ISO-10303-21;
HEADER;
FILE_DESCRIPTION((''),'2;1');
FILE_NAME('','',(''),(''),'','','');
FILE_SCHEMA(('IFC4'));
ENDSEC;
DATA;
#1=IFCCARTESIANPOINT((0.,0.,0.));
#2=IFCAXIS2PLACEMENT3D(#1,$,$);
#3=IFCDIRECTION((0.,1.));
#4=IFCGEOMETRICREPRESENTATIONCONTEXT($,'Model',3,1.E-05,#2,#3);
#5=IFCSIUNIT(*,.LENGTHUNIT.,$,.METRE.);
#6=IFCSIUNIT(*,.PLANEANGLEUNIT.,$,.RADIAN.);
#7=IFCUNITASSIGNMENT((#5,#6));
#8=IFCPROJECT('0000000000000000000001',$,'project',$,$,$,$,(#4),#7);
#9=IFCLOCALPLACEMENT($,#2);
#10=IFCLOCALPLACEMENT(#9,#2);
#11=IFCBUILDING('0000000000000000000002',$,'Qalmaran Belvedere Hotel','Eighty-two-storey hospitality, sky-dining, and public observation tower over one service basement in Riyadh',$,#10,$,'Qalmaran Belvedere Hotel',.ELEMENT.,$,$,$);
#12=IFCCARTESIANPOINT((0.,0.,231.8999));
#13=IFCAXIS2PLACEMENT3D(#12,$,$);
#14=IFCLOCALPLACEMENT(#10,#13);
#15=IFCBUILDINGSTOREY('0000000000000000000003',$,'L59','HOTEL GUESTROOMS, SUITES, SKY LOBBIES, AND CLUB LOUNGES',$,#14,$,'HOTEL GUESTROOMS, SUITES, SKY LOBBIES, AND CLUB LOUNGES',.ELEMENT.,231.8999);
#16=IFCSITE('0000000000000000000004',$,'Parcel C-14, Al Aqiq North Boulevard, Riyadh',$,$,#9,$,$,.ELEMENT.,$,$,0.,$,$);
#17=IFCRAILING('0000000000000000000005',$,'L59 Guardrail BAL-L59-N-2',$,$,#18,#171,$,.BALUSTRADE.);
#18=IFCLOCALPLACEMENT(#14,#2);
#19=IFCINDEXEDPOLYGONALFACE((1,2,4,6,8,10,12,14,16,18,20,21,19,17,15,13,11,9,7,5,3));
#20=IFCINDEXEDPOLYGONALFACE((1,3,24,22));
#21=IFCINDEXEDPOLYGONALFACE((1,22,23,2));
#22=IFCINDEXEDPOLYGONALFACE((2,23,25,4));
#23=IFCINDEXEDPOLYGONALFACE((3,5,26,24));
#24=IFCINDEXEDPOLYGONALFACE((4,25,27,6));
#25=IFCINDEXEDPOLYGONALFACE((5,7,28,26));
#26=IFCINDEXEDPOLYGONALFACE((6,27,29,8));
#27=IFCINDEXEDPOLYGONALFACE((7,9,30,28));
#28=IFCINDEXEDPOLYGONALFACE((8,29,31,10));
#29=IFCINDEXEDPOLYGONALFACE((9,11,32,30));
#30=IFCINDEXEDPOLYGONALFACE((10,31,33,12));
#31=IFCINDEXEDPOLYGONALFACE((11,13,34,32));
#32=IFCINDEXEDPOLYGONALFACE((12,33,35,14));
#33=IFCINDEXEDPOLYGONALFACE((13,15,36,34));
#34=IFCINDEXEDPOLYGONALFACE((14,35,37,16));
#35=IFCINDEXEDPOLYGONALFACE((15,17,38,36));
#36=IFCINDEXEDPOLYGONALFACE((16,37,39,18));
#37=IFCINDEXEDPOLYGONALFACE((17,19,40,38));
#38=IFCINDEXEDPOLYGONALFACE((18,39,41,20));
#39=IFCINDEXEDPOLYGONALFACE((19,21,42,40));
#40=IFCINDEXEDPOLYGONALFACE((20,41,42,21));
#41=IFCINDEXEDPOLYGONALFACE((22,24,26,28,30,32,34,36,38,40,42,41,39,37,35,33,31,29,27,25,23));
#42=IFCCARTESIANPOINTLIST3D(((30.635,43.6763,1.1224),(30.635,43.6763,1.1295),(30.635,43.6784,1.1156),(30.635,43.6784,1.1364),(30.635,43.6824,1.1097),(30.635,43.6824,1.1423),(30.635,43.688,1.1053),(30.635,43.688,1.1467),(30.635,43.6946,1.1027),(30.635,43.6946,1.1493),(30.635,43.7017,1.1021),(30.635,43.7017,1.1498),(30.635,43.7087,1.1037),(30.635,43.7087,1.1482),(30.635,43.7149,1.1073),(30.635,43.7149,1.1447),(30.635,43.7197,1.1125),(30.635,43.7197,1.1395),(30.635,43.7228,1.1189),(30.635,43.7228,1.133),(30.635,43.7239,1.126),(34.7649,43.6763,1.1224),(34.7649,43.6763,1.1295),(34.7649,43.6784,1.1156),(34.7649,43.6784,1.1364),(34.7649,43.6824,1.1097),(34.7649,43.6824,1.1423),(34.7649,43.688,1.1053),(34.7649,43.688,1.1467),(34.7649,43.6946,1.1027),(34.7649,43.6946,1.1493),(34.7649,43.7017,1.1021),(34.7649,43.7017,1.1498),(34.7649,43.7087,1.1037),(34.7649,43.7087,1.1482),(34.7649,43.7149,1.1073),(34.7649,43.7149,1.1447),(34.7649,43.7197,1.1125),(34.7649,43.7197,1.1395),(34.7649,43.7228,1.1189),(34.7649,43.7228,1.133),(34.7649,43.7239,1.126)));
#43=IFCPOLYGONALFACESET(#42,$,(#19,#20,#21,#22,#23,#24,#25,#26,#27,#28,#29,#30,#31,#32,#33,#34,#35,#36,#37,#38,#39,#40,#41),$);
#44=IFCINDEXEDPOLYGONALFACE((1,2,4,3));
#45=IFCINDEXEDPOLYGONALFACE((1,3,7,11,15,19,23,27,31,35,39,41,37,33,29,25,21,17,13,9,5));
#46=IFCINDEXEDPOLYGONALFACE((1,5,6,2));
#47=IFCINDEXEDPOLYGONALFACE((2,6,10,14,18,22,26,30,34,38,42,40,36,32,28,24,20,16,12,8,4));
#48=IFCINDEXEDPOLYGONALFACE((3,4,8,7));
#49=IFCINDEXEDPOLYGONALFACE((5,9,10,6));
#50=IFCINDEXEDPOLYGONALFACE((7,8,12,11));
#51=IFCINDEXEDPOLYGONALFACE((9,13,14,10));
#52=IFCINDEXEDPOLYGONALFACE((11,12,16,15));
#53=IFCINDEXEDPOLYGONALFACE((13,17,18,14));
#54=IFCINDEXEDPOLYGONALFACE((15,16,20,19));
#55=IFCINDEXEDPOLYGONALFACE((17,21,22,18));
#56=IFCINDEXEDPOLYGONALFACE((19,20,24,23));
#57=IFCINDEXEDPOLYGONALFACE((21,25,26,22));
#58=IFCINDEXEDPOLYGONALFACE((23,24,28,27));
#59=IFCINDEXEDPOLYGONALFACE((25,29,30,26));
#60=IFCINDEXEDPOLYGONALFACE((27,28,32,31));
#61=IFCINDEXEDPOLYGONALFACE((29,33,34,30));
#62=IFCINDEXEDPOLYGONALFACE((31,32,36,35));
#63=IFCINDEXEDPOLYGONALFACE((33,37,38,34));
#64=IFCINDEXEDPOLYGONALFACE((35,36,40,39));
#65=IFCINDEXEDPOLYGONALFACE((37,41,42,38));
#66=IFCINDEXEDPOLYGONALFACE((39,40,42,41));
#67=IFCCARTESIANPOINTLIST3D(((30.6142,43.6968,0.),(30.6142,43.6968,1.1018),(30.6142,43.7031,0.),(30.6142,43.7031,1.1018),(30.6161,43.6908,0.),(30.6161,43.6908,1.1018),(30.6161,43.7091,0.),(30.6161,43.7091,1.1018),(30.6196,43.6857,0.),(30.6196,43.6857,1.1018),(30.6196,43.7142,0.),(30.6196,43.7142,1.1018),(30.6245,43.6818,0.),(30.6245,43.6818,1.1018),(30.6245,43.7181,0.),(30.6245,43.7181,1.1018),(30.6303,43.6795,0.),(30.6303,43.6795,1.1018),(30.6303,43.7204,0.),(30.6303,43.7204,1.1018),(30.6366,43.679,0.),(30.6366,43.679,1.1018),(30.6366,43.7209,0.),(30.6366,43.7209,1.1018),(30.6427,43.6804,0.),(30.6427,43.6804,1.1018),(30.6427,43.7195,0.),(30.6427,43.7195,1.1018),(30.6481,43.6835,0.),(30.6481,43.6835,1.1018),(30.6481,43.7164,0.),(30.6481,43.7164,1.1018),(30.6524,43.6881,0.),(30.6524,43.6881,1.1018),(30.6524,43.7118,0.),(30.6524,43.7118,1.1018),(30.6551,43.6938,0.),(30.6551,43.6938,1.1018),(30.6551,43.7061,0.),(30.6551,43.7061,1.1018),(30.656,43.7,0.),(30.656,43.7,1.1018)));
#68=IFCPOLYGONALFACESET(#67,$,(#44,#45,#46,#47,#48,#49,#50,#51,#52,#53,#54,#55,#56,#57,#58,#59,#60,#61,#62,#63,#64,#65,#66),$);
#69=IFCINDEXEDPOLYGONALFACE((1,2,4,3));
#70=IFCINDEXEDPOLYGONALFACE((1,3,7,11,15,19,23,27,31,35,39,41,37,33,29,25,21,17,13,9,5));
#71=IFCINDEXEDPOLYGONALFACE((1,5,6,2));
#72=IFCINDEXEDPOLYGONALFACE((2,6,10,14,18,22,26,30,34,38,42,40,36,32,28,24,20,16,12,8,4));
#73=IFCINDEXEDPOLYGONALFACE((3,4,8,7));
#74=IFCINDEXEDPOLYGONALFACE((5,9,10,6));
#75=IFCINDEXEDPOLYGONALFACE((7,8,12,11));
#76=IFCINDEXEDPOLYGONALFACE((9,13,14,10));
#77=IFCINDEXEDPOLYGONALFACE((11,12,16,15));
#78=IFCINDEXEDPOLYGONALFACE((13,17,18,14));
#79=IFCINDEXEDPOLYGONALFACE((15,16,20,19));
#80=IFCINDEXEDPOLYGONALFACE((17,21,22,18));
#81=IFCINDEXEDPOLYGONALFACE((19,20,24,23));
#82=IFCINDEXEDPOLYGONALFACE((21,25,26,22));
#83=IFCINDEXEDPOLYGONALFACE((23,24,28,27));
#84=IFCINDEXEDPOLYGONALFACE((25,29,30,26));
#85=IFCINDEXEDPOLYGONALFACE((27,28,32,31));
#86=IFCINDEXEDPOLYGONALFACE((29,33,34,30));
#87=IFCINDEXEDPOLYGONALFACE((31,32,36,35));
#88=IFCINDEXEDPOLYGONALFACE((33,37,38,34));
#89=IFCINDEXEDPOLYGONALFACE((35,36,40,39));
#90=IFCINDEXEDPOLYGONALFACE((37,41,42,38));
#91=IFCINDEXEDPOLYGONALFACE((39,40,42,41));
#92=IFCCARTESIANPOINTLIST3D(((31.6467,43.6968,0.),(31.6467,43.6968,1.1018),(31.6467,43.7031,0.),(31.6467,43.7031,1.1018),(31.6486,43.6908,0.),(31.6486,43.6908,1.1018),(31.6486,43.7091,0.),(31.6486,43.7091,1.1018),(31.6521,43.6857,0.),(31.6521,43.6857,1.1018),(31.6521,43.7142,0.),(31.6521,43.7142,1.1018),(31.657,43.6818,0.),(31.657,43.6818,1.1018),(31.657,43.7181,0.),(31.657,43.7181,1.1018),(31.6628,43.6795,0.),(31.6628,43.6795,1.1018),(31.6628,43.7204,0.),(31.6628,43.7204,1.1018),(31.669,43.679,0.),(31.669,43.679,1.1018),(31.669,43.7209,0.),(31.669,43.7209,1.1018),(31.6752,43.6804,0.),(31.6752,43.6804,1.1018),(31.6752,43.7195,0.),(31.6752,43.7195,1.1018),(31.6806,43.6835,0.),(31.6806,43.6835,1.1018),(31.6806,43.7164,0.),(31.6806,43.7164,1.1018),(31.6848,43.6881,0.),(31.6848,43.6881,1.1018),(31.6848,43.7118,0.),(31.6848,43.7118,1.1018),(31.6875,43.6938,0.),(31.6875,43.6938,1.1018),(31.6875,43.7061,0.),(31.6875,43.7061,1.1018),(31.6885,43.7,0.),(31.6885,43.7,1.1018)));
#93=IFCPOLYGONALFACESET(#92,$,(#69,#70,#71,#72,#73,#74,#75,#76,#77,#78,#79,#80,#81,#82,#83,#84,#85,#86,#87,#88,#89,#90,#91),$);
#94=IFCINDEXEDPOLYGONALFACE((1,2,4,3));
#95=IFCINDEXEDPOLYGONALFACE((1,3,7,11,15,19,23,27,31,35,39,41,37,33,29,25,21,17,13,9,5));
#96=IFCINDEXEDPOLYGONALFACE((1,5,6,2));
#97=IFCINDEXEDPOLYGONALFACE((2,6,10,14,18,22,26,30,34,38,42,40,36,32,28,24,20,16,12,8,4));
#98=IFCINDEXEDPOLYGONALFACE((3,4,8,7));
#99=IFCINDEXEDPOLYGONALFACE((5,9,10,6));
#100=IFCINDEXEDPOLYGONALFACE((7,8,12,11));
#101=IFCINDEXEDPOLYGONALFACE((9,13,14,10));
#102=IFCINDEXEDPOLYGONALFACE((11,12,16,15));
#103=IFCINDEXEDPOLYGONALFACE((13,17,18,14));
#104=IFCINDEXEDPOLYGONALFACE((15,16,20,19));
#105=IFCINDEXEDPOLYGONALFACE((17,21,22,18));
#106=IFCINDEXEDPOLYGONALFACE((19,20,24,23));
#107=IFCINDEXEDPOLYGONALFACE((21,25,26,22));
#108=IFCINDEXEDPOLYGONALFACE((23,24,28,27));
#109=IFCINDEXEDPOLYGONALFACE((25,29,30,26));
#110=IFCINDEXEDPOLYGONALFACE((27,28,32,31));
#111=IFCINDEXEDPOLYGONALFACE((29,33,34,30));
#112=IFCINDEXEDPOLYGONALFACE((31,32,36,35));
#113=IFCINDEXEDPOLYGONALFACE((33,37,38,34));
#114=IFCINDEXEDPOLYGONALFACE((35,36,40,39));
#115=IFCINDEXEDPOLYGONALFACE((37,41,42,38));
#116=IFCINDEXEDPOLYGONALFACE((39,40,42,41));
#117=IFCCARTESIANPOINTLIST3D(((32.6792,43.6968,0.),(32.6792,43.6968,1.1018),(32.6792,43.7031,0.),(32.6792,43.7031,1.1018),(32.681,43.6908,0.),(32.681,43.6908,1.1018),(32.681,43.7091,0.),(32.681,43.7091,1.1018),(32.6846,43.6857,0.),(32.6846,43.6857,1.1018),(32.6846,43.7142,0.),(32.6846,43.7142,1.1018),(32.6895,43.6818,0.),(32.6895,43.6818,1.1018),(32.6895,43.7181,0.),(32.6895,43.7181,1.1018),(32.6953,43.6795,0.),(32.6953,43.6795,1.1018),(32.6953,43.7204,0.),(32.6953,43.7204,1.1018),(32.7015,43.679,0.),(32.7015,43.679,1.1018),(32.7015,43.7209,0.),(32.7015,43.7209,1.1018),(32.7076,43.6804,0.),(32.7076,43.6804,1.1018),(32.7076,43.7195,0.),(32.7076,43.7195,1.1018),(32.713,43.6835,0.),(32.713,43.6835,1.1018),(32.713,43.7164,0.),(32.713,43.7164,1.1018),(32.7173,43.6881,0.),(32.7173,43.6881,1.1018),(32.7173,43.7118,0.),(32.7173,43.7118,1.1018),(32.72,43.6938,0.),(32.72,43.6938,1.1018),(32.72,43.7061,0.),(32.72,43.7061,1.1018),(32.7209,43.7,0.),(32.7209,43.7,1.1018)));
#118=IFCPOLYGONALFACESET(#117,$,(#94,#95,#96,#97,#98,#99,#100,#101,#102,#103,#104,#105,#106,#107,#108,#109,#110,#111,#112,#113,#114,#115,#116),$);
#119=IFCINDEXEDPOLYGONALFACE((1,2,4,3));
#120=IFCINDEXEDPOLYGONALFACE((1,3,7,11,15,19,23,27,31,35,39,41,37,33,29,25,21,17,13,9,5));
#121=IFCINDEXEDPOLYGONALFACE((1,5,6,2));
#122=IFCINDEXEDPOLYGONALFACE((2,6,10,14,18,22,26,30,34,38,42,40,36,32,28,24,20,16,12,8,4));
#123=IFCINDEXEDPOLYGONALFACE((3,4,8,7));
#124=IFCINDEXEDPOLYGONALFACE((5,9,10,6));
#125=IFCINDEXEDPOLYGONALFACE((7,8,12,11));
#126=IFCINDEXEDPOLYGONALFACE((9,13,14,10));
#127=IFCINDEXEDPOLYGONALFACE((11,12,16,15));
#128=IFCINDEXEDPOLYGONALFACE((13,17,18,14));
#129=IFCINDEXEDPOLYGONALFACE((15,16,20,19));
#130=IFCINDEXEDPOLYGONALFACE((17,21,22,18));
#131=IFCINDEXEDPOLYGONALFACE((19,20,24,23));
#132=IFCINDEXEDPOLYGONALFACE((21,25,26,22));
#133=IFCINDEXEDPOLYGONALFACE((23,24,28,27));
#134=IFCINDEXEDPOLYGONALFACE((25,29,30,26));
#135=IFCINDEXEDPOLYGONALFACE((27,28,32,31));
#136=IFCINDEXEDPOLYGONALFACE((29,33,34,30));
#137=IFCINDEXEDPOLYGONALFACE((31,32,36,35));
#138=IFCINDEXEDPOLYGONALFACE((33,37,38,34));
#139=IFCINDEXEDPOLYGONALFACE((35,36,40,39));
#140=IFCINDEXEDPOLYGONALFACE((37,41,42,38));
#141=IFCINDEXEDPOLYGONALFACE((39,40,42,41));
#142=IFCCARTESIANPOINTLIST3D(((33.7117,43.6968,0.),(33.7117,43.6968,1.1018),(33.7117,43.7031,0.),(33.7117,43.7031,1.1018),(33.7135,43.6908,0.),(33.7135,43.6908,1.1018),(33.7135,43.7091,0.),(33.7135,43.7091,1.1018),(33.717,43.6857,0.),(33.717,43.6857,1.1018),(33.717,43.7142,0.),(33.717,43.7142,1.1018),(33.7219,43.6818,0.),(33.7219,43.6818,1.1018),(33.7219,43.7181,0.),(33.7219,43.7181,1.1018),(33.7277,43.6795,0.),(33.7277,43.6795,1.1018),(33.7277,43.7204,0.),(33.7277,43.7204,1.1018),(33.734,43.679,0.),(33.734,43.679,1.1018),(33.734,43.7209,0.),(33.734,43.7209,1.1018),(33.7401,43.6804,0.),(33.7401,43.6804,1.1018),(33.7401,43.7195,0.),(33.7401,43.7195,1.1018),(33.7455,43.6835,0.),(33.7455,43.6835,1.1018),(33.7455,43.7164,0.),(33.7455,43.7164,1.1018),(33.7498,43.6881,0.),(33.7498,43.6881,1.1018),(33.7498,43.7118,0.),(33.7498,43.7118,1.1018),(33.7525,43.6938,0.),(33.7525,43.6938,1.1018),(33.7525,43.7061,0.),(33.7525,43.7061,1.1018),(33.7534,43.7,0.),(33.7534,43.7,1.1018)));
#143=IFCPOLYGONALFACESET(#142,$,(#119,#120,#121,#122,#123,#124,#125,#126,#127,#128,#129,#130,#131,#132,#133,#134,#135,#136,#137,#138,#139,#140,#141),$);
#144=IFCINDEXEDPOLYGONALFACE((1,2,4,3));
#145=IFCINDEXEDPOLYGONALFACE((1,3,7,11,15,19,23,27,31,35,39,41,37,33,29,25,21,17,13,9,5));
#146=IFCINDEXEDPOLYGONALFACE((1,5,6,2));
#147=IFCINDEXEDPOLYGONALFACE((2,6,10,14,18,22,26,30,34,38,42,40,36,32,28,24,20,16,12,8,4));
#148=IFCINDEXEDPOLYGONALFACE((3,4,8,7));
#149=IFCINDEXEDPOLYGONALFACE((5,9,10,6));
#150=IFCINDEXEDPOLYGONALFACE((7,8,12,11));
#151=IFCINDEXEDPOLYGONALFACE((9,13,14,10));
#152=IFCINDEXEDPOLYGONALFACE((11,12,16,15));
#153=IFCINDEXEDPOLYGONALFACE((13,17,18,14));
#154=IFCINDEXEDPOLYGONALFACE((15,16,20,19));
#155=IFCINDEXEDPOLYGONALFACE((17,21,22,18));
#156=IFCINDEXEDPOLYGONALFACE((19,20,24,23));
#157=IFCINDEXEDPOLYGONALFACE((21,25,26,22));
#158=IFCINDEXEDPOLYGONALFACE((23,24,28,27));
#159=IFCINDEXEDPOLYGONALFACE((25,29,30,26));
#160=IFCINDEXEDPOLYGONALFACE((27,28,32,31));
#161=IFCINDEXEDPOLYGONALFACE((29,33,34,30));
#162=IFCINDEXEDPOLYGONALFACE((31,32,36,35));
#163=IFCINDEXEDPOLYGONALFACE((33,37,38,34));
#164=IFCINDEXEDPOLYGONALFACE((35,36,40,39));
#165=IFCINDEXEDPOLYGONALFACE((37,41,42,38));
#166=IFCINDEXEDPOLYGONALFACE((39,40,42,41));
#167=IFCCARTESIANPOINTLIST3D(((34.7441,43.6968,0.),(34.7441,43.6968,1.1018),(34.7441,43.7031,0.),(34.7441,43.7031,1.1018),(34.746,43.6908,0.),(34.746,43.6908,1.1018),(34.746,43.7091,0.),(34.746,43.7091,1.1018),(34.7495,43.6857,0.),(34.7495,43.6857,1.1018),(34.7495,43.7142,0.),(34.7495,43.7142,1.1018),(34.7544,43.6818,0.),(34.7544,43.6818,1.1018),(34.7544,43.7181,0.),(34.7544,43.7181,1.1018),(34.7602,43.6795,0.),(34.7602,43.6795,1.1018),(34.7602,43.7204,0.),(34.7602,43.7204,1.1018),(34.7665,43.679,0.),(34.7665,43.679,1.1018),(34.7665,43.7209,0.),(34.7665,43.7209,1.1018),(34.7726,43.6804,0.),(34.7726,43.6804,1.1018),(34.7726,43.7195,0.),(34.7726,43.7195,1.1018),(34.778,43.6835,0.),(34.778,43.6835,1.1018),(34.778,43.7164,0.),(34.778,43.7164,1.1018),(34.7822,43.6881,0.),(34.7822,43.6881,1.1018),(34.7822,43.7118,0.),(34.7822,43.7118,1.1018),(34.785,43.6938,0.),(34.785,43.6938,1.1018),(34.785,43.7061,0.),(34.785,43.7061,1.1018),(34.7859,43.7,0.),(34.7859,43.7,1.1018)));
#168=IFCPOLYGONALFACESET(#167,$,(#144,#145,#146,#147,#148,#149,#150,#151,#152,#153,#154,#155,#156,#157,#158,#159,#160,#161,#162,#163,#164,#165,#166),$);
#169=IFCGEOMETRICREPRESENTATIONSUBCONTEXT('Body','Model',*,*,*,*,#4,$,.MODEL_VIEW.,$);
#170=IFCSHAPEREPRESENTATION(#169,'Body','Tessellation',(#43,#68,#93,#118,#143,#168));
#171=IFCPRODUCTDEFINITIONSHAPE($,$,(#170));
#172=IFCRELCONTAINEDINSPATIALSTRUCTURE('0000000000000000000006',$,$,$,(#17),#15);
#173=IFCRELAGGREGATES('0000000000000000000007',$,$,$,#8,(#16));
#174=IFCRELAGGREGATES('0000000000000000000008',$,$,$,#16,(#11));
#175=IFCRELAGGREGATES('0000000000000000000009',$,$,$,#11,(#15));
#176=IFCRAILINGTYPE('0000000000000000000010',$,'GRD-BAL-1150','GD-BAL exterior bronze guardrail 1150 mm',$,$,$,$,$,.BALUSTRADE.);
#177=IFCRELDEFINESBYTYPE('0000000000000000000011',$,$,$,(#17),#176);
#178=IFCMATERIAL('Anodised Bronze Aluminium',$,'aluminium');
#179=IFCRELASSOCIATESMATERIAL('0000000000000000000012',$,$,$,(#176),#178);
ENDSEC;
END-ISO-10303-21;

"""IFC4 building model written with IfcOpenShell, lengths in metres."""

from ifc_helpers import new_model, si_unit, direction, frame, origin, origin_2d, place, context, subcontext, project, spatial, circle, extrude, material, type_object, element, save


model = new_model("IFC4")

# Units and contexts
model_context = context("Model", 3, precision=1e-05, world=origin(), true_north=direction((0.0, 1.0)))
body_context = subcontext(model_context, "Body", "Model", "MODEL_VIEW")
ifc_project = project(units=[si_unit("LENGTHUNIT", "METRE"), si_unit("PLANEANGLEUNIT", "RADIAN")], contexts=[model_context])

# Site, building, storey
site_placement = place(None, origin())
site = spatial("IfcSite", under=ifc_project, at=site_placement, Name="Parcel C-14, Al Aqiq North Boulevard, Riyadh", CompositionType="ELEMENT", RefElevation=0.0)
building_placement = place(site_placement, origin())
building = spatial("IfcBuilding", under=site, at=building_placement, Name="Qalmaran Belvedere Hotel", Description="Eighty-two-storey hospitality, sky-dining, and public observation tower over one service basement in Riyadh", LongName="Qalmaran Belvedere Hotel", CompositionType="ELEMENT")
storey_placement = place(building_placement, frame((0.0, 0.0, 231.8999)))
storey = spatial("IfcBuildingStorey", under=building, at=storey_placement, Name="L59", Description="HOTEL GUESTROOMS, SUITES, SKY LOBBIES, AND CLUB LOUNGES", LongName="HOTEL GUESTROOMS, SUITES, SKY LOBBIES, AND CLUB LOUNGES", CompositionType="ELEMENT", Elevation=231.8999)

# Shared definitions
ifc_material_1 = material(Name="Anodised Bronze Aluminium", Category="aluminium")

# Railing
railing_type = type_object("IfcRailingType", Name="GRD-BAL-1150", Description="GD-BAL exterior bronze guardrail 1150 mm", PredefinedType="BALUSTRADE", material=ifc_material_1)
railing_1_placement = place(storey_placement, frame((30.635, 43.7, 0.0)))
element("IfcRailing", 1, at=railing_1_placement, inside=storey, type_object=railing_type, Name="L59 Guardrail BAL-L59-N-2", PredefinedType="BALUSTRADE", context=body_context, shape_type="SweptSolid", body=[
    extrude(circle(Radius=0.0239, at=origin_2d()), frame((0.0, 0.0, 1.126), z_axis=(1.0, 0.0, 0.0), x_axis=(0.0, 1.0, 0.0)), (0.0, 0.0, 1.0), 4.1299),
    extrude(circle(Radius=0.021, at=origin_2d()), origin(), (0.0, 0.0, 1.0), 1.1018),
    extrude(circle(Radius=0.021, at=origin_2d()), frame((1.0325, 0.0, 0.0)), (0.0, 0.0, 1.0), 1.1018),
    extrude(circle(Radius=0.021, at=origin_2d()), frame((2.0649, 0.0, 0.0)), (0.0, 0.0, 1.0), 1.1018),
    extrude(circle(Radius=0.021, at=origin_2d()), frame((3.0974, 0.0, 0.0)), (0.0, 0.0, 1.0), 1.1018),
    extrude(circle(Radius=0.021, at=origin_2d()), frame((4.1299, 0.0, 0.0)), (0.0, 0.0, 1.0), 1.1018),
])

save(model, "model.ifc")
